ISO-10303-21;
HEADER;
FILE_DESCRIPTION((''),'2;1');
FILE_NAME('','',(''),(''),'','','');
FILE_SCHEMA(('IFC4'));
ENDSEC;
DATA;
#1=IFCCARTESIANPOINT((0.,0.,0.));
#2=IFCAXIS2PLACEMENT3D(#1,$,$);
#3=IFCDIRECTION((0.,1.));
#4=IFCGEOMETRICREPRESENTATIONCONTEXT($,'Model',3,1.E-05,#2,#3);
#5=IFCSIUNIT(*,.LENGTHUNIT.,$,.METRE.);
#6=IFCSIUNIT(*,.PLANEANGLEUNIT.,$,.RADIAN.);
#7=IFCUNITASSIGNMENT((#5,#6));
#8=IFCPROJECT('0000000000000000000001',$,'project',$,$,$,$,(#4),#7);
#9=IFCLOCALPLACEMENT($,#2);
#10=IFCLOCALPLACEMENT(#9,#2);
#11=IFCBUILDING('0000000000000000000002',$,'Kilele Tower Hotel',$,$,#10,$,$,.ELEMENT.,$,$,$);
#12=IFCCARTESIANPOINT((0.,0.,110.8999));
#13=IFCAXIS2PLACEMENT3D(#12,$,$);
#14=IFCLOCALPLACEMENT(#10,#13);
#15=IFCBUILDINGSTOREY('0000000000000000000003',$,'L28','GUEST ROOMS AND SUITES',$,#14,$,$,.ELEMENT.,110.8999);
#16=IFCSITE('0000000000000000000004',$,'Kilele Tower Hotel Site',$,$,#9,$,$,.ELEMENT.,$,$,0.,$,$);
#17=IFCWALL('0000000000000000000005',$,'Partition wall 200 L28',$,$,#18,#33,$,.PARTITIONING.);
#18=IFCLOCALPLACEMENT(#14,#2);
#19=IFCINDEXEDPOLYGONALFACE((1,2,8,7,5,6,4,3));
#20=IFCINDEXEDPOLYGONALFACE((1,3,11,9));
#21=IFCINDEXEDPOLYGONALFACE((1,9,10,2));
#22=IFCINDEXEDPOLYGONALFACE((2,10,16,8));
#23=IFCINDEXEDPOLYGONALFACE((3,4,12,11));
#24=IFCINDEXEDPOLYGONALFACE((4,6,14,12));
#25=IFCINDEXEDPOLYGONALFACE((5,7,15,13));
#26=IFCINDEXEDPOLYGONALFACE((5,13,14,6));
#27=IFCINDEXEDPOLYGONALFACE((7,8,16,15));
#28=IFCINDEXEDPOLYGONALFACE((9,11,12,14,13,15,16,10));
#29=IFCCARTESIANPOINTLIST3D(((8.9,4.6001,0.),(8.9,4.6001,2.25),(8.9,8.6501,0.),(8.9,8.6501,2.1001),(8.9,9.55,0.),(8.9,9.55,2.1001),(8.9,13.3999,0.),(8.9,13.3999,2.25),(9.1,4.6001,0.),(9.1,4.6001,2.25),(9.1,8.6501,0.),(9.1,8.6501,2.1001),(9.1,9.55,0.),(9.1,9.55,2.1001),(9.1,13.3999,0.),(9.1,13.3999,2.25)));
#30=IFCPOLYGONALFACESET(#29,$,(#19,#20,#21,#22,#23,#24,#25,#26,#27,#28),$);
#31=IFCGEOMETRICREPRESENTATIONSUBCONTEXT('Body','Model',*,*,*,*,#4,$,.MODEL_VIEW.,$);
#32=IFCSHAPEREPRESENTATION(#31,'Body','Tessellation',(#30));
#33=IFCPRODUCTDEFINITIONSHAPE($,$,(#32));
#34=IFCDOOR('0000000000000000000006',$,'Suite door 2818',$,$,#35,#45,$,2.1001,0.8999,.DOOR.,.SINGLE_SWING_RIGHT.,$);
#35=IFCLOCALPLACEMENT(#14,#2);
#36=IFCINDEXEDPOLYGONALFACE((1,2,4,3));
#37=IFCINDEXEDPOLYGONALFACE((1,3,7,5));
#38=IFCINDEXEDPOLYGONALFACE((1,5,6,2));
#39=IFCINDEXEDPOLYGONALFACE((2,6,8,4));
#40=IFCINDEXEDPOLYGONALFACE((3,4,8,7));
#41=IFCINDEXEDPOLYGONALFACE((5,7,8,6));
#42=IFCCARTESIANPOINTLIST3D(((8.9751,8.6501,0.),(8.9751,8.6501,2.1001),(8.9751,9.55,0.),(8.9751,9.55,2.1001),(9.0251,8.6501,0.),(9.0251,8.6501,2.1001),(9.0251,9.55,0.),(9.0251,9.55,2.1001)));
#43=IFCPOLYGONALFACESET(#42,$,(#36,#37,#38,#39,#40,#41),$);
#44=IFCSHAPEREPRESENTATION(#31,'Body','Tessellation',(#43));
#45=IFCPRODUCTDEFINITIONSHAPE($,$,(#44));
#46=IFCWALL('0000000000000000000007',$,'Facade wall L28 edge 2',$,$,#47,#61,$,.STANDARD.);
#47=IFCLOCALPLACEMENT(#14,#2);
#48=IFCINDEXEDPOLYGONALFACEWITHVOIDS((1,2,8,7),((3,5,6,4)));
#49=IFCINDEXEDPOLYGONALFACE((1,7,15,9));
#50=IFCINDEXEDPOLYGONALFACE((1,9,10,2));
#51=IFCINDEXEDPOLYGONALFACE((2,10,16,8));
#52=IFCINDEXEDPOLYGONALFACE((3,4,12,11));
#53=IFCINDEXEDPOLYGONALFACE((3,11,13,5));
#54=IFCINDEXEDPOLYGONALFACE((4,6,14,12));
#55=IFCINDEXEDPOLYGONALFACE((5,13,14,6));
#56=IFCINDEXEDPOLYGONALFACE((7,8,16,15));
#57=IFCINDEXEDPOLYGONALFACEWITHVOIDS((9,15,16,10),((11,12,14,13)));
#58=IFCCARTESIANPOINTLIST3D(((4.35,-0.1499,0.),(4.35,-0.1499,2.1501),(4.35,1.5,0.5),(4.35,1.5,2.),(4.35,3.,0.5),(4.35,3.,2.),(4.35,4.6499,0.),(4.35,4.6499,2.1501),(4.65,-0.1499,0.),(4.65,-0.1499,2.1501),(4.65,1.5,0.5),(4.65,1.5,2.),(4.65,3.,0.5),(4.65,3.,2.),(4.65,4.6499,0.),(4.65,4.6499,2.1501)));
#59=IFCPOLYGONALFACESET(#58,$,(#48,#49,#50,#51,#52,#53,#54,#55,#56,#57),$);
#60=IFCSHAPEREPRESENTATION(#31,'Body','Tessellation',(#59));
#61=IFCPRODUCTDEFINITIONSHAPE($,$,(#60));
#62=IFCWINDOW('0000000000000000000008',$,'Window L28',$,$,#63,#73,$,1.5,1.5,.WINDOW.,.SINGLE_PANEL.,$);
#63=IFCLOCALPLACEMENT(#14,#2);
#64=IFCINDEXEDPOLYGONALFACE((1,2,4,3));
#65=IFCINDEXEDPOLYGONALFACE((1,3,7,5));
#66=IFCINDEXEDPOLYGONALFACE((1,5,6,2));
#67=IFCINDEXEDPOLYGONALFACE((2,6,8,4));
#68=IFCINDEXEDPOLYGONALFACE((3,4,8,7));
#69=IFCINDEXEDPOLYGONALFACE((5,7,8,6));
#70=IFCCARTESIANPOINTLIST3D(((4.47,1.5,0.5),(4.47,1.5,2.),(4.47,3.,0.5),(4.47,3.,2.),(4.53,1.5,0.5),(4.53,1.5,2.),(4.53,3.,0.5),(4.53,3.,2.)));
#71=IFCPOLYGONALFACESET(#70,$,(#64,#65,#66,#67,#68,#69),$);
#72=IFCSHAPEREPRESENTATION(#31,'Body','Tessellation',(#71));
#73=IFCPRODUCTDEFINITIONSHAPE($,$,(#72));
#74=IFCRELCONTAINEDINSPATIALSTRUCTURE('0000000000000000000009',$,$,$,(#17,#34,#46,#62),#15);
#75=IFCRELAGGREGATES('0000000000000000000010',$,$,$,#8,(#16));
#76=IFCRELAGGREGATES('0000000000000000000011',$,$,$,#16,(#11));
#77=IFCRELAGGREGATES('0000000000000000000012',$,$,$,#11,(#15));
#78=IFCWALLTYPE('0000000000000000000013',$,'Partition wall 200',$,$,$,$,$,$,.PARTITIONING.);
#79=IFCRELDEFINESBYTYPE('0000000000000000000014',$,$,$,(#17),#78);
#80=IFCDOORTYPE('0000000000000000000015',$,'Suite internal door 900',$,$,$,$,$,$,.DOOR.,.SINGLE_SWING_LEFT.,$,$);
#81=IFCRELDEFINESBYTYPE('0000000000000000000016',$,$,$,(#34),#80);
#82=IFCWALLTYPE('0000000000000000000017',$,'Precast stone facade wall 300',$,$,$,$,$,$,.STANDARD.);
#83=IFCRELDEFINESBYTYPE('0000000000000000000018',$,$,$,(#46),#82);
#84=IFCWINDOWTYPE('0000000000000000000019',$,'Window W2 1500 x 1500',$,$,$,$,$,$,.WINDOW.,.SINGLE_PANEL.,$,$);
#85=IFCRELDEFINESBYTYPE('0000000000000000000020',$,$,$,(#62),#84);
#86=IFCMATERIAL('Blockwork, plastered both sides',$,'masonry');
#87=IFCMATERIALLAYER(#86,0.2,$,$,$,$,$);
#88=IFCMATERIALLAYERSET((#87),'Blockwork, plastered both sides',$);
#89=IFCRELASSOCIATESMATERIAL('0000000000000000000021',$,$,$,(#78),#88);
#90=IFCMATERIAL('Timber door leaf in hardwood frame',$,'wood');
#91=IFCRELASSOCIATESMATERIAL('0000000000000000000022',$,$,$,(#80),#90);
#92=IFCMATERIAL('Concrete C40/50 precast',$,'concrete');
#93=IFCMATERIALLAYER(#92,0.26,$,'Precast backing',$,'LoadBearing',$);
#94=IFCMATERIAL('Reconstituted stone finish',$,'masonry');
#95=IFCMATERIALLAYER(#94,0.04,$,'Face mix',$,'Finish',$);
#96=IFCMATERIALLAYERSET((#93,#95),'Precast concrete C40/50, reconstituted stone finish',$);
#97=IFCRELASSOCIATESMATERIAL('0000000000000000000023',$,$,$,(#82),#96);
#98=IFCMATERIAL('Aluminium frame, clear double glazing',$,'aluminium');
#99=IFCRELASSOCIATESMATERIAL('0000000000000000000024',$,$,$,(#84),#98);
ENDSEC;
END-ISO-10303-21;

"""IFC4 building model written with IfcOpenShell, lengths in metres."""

from ifc_helpers import new_model, si_unit, direction, frame, frame_2d, origin, place, context, subcontext, project, spatial, rectangle, extrude, material, layer, layer_set, type_object, element, fill, save


model = new_model("IFC4")

# Units and contexts
model_context = context("Model", 3, precision=1e-05, world=origin(), true_north=direction((0.0, 1.0)))
body_context = subcontext(model_context, "Body", "Model", "MODEL_VIEW")
ifc_project = project(units=[si_unit("LENGTHUNIT", "METRE"), si_unit("PLANEANGLEUNIT", "RADIAN")], contexts=[model_context])

# Site, building, storey
site_placement = place(None, origin())
site = spatial("IfcSite", under=ifc_project, at=site_placement, Name="Kilele Tower Hotel Site", CompositionType="ELEMENT", RefElevation=0.0)
building_placement = place(site_placement, origin())
building = spatial("IfcBuilding", under=site, at=building_placement, Name="Kilele Tower Hotel", CompositionType="ELEMENT")
storey_placement = place(building_placement, frame((0.0, 0.0, 110.8999)))
storey = spatial("IfcBuildingStorey", under=building, at=storey_placement, Name="L28", Description="GUEST ROOMS AND SUITES", CompositionType="ELEMENT", Elevation=110.8999)

# Wall, opening, door
ifc_material_1 = material(Name="Blockwork, plastered both sides", Category="masonry")
ifc_layer_1 = layer(ifc_material_1, 0.2)
ifc_layer_set_1 = layer_set([ifc_layer_1], Name="Blockwork, plastered both sides")
wall_type_1 = type_object("IfcWallType", Name="Partition wall 200", PredefinedType="PARTITIONING", material=ifc_layer_set_1)
wall_1_placement = place(storey_placement, frame((9.0, 4.6001, 0.0), z_axis=(0.0, 0.0, 1.0), x_axis=(0.0, 1.0, 0.0)))
wall_1 = element("IfcWall", 1, at=wall_1_placement, inside=storey, type_object=wall_type_1, Name="Partition wall 200 L28", PredefinedType="PARTITIONING", context=body_context, shape_type="SweptSolid", body=[
    extrude(rectangle(XDim=8.7998, YDim=0.2, at=frame_2d((4.3999, 0.0))), origin(), (0.0, 0.0, 1.0), 2.25),
])
opening_1_placement = place(wall_1_placement, frame((4.05, 0.0, 0.0)))
opening_1 = element("IfcOpeningElement", 2, at=opening_1_placement, cuts=wall_1, PredefinedType="OPENING", context=body_context, shape_type="SweptSolid", body=[
    extrude(rectangle(XDim=0.8999, YDim=2.1001, at=frame_2d((0.45, 1.05))), frame((0.0, 0.1099, 0.0), z_axis=(0.0, -1.0, 0.0), x_axis=(1.0, 0.0, 0.0)), (0.0, 0.0, 1.0), 0.22),
])
ifc_material_2 = material(Name="Timber door leaf in hardwood frame", Category="wood")
door_type = type_object("IfcDoorType", Name="Suite internal door 900", OperationType="SINGLE_SWING_LEFT", PredefinedType="DOOR", material=ifc_material_2)
door_placement = place(opening_1_placement, origin())
door = element("IfcDoor", 3, at=door_placement, inside=storey, type_object=door_type, Name="Suite door 2818", OperationType="SINGLE_SWING_RIGHT", OverallHeight=2.1001, OverallWidth=0.8999, PredefinedType="DOOR", context=body_context, shape_type="SweptSolid", body=[
    extrude(rectangle(XDim=0.8999, YDim=2.1001, at=frame_2d((0.45, 1.05))), frame((0.0, 0.0249, 0.0), z_axis=(0.0, -1.0, 0.0), x_axis=(1.0, 0.0, 0.0)), (0.0, 0.0, 1.0), 0.05),
])
fill(opening_1, door)

# Wall, opening, window
ifc_material_3 = material(Name="Concrete C40/50 precast", Category="concrete")
ifc_layer_2 = layer(ifc_material_3, 0.26, Name="Precast backing", Category="LoadBearing")
ifc_material_4 = material(Name="Reconstituted stone finish", Category="masonry")
ifc_layer_3 = layer(ifc_material_4, 0.04, Name="Face mix", Category="Finish")
ifc_layer_set_2 = layer_set([ifc_layer_2, ifc_layer_3], Name="Precast concrete C40/50, reconstituted stone finish")
wall_type_2 = type_object("IfcWallType", Name="Precast stone facade wall 300", PredefinedType="STANDARD", material=ifc_layer_set_2)
wall_2_placement = place(storey_placement, frame((4.5, 4.6499, 0.0), z_axis=(0.0, 0.0, 1.0), x_axis=(0.0, -1.0, 0.0)))
wall_2 = element("IfcWall", 4, at=wall_2_placement, inside=storey, type_object=wall_type_2, Name="Facade wall L28 edge 2", PredefinedType="STANDARD", context=body_context, shape_type="SweptSolid", body=[
    extrude(rectangle(XDim=4.7998, YDim=0.3, at=frame_2d((2.3999, 0.0))), origin(), (0.0, 0.0, 1.0), 2.1501),
])
opening_2_placement = place(wall_2_placement, frame((1.6499, 0.0, 0.5)))
opening_2 = element("IfcOpeningElement", 5, at=opening_2_placement, cuts=wall_2, PredefinedType="OPENING", context=body_context, shape_type="SweptSolid", body=[
    extrude(rectangle(XDim=1.5, YDim=1.5, at=frame_2d((0.75, 0.75))), frame((0.0, 0.1599, 0.0), z_axis=(0.0, -1.0, 0.0), x_axis=(1.0, 0.0, 0.0)), (0.0, 0.0, 1.0), 0.3201),
])
ifc_material_5 = material(Name="Aluminium frame, clear double glazing", Category="aluminium")
window_type = type_object("IfcWindowType", Name="Window W2 1500 x 1500", PartitioningType="SINGLE_PANEL", PredefinedType="WINDOW", material=ifc_material_5)
window_placement = place(opening_2_placement, origin())
window = element("IfcWindow", 6, at=window_placement, inside=storey, type_object=window_type, Name="Window L28", OverallHeight=1.5, OverallWidth=1.5, PartitioningType="SINGLE_PANEL", PredefinedType="WINDOW", context=body_context, shape_type="SweptSolid", body=[
    extrude(rectangle(XDim=1.5, YDim=1.5, at=frame_2d((0.75, 0.75))), frame((0.0, 0.03, 0.0), z_axis=(0.0, -1.0, 0.0), x_axis=(1.0, 0.0, 0.0)), (0.0, 0.0, 1.0), 0.0601),
])
fill(opening_2, window)

save(model, "model.ifc")
